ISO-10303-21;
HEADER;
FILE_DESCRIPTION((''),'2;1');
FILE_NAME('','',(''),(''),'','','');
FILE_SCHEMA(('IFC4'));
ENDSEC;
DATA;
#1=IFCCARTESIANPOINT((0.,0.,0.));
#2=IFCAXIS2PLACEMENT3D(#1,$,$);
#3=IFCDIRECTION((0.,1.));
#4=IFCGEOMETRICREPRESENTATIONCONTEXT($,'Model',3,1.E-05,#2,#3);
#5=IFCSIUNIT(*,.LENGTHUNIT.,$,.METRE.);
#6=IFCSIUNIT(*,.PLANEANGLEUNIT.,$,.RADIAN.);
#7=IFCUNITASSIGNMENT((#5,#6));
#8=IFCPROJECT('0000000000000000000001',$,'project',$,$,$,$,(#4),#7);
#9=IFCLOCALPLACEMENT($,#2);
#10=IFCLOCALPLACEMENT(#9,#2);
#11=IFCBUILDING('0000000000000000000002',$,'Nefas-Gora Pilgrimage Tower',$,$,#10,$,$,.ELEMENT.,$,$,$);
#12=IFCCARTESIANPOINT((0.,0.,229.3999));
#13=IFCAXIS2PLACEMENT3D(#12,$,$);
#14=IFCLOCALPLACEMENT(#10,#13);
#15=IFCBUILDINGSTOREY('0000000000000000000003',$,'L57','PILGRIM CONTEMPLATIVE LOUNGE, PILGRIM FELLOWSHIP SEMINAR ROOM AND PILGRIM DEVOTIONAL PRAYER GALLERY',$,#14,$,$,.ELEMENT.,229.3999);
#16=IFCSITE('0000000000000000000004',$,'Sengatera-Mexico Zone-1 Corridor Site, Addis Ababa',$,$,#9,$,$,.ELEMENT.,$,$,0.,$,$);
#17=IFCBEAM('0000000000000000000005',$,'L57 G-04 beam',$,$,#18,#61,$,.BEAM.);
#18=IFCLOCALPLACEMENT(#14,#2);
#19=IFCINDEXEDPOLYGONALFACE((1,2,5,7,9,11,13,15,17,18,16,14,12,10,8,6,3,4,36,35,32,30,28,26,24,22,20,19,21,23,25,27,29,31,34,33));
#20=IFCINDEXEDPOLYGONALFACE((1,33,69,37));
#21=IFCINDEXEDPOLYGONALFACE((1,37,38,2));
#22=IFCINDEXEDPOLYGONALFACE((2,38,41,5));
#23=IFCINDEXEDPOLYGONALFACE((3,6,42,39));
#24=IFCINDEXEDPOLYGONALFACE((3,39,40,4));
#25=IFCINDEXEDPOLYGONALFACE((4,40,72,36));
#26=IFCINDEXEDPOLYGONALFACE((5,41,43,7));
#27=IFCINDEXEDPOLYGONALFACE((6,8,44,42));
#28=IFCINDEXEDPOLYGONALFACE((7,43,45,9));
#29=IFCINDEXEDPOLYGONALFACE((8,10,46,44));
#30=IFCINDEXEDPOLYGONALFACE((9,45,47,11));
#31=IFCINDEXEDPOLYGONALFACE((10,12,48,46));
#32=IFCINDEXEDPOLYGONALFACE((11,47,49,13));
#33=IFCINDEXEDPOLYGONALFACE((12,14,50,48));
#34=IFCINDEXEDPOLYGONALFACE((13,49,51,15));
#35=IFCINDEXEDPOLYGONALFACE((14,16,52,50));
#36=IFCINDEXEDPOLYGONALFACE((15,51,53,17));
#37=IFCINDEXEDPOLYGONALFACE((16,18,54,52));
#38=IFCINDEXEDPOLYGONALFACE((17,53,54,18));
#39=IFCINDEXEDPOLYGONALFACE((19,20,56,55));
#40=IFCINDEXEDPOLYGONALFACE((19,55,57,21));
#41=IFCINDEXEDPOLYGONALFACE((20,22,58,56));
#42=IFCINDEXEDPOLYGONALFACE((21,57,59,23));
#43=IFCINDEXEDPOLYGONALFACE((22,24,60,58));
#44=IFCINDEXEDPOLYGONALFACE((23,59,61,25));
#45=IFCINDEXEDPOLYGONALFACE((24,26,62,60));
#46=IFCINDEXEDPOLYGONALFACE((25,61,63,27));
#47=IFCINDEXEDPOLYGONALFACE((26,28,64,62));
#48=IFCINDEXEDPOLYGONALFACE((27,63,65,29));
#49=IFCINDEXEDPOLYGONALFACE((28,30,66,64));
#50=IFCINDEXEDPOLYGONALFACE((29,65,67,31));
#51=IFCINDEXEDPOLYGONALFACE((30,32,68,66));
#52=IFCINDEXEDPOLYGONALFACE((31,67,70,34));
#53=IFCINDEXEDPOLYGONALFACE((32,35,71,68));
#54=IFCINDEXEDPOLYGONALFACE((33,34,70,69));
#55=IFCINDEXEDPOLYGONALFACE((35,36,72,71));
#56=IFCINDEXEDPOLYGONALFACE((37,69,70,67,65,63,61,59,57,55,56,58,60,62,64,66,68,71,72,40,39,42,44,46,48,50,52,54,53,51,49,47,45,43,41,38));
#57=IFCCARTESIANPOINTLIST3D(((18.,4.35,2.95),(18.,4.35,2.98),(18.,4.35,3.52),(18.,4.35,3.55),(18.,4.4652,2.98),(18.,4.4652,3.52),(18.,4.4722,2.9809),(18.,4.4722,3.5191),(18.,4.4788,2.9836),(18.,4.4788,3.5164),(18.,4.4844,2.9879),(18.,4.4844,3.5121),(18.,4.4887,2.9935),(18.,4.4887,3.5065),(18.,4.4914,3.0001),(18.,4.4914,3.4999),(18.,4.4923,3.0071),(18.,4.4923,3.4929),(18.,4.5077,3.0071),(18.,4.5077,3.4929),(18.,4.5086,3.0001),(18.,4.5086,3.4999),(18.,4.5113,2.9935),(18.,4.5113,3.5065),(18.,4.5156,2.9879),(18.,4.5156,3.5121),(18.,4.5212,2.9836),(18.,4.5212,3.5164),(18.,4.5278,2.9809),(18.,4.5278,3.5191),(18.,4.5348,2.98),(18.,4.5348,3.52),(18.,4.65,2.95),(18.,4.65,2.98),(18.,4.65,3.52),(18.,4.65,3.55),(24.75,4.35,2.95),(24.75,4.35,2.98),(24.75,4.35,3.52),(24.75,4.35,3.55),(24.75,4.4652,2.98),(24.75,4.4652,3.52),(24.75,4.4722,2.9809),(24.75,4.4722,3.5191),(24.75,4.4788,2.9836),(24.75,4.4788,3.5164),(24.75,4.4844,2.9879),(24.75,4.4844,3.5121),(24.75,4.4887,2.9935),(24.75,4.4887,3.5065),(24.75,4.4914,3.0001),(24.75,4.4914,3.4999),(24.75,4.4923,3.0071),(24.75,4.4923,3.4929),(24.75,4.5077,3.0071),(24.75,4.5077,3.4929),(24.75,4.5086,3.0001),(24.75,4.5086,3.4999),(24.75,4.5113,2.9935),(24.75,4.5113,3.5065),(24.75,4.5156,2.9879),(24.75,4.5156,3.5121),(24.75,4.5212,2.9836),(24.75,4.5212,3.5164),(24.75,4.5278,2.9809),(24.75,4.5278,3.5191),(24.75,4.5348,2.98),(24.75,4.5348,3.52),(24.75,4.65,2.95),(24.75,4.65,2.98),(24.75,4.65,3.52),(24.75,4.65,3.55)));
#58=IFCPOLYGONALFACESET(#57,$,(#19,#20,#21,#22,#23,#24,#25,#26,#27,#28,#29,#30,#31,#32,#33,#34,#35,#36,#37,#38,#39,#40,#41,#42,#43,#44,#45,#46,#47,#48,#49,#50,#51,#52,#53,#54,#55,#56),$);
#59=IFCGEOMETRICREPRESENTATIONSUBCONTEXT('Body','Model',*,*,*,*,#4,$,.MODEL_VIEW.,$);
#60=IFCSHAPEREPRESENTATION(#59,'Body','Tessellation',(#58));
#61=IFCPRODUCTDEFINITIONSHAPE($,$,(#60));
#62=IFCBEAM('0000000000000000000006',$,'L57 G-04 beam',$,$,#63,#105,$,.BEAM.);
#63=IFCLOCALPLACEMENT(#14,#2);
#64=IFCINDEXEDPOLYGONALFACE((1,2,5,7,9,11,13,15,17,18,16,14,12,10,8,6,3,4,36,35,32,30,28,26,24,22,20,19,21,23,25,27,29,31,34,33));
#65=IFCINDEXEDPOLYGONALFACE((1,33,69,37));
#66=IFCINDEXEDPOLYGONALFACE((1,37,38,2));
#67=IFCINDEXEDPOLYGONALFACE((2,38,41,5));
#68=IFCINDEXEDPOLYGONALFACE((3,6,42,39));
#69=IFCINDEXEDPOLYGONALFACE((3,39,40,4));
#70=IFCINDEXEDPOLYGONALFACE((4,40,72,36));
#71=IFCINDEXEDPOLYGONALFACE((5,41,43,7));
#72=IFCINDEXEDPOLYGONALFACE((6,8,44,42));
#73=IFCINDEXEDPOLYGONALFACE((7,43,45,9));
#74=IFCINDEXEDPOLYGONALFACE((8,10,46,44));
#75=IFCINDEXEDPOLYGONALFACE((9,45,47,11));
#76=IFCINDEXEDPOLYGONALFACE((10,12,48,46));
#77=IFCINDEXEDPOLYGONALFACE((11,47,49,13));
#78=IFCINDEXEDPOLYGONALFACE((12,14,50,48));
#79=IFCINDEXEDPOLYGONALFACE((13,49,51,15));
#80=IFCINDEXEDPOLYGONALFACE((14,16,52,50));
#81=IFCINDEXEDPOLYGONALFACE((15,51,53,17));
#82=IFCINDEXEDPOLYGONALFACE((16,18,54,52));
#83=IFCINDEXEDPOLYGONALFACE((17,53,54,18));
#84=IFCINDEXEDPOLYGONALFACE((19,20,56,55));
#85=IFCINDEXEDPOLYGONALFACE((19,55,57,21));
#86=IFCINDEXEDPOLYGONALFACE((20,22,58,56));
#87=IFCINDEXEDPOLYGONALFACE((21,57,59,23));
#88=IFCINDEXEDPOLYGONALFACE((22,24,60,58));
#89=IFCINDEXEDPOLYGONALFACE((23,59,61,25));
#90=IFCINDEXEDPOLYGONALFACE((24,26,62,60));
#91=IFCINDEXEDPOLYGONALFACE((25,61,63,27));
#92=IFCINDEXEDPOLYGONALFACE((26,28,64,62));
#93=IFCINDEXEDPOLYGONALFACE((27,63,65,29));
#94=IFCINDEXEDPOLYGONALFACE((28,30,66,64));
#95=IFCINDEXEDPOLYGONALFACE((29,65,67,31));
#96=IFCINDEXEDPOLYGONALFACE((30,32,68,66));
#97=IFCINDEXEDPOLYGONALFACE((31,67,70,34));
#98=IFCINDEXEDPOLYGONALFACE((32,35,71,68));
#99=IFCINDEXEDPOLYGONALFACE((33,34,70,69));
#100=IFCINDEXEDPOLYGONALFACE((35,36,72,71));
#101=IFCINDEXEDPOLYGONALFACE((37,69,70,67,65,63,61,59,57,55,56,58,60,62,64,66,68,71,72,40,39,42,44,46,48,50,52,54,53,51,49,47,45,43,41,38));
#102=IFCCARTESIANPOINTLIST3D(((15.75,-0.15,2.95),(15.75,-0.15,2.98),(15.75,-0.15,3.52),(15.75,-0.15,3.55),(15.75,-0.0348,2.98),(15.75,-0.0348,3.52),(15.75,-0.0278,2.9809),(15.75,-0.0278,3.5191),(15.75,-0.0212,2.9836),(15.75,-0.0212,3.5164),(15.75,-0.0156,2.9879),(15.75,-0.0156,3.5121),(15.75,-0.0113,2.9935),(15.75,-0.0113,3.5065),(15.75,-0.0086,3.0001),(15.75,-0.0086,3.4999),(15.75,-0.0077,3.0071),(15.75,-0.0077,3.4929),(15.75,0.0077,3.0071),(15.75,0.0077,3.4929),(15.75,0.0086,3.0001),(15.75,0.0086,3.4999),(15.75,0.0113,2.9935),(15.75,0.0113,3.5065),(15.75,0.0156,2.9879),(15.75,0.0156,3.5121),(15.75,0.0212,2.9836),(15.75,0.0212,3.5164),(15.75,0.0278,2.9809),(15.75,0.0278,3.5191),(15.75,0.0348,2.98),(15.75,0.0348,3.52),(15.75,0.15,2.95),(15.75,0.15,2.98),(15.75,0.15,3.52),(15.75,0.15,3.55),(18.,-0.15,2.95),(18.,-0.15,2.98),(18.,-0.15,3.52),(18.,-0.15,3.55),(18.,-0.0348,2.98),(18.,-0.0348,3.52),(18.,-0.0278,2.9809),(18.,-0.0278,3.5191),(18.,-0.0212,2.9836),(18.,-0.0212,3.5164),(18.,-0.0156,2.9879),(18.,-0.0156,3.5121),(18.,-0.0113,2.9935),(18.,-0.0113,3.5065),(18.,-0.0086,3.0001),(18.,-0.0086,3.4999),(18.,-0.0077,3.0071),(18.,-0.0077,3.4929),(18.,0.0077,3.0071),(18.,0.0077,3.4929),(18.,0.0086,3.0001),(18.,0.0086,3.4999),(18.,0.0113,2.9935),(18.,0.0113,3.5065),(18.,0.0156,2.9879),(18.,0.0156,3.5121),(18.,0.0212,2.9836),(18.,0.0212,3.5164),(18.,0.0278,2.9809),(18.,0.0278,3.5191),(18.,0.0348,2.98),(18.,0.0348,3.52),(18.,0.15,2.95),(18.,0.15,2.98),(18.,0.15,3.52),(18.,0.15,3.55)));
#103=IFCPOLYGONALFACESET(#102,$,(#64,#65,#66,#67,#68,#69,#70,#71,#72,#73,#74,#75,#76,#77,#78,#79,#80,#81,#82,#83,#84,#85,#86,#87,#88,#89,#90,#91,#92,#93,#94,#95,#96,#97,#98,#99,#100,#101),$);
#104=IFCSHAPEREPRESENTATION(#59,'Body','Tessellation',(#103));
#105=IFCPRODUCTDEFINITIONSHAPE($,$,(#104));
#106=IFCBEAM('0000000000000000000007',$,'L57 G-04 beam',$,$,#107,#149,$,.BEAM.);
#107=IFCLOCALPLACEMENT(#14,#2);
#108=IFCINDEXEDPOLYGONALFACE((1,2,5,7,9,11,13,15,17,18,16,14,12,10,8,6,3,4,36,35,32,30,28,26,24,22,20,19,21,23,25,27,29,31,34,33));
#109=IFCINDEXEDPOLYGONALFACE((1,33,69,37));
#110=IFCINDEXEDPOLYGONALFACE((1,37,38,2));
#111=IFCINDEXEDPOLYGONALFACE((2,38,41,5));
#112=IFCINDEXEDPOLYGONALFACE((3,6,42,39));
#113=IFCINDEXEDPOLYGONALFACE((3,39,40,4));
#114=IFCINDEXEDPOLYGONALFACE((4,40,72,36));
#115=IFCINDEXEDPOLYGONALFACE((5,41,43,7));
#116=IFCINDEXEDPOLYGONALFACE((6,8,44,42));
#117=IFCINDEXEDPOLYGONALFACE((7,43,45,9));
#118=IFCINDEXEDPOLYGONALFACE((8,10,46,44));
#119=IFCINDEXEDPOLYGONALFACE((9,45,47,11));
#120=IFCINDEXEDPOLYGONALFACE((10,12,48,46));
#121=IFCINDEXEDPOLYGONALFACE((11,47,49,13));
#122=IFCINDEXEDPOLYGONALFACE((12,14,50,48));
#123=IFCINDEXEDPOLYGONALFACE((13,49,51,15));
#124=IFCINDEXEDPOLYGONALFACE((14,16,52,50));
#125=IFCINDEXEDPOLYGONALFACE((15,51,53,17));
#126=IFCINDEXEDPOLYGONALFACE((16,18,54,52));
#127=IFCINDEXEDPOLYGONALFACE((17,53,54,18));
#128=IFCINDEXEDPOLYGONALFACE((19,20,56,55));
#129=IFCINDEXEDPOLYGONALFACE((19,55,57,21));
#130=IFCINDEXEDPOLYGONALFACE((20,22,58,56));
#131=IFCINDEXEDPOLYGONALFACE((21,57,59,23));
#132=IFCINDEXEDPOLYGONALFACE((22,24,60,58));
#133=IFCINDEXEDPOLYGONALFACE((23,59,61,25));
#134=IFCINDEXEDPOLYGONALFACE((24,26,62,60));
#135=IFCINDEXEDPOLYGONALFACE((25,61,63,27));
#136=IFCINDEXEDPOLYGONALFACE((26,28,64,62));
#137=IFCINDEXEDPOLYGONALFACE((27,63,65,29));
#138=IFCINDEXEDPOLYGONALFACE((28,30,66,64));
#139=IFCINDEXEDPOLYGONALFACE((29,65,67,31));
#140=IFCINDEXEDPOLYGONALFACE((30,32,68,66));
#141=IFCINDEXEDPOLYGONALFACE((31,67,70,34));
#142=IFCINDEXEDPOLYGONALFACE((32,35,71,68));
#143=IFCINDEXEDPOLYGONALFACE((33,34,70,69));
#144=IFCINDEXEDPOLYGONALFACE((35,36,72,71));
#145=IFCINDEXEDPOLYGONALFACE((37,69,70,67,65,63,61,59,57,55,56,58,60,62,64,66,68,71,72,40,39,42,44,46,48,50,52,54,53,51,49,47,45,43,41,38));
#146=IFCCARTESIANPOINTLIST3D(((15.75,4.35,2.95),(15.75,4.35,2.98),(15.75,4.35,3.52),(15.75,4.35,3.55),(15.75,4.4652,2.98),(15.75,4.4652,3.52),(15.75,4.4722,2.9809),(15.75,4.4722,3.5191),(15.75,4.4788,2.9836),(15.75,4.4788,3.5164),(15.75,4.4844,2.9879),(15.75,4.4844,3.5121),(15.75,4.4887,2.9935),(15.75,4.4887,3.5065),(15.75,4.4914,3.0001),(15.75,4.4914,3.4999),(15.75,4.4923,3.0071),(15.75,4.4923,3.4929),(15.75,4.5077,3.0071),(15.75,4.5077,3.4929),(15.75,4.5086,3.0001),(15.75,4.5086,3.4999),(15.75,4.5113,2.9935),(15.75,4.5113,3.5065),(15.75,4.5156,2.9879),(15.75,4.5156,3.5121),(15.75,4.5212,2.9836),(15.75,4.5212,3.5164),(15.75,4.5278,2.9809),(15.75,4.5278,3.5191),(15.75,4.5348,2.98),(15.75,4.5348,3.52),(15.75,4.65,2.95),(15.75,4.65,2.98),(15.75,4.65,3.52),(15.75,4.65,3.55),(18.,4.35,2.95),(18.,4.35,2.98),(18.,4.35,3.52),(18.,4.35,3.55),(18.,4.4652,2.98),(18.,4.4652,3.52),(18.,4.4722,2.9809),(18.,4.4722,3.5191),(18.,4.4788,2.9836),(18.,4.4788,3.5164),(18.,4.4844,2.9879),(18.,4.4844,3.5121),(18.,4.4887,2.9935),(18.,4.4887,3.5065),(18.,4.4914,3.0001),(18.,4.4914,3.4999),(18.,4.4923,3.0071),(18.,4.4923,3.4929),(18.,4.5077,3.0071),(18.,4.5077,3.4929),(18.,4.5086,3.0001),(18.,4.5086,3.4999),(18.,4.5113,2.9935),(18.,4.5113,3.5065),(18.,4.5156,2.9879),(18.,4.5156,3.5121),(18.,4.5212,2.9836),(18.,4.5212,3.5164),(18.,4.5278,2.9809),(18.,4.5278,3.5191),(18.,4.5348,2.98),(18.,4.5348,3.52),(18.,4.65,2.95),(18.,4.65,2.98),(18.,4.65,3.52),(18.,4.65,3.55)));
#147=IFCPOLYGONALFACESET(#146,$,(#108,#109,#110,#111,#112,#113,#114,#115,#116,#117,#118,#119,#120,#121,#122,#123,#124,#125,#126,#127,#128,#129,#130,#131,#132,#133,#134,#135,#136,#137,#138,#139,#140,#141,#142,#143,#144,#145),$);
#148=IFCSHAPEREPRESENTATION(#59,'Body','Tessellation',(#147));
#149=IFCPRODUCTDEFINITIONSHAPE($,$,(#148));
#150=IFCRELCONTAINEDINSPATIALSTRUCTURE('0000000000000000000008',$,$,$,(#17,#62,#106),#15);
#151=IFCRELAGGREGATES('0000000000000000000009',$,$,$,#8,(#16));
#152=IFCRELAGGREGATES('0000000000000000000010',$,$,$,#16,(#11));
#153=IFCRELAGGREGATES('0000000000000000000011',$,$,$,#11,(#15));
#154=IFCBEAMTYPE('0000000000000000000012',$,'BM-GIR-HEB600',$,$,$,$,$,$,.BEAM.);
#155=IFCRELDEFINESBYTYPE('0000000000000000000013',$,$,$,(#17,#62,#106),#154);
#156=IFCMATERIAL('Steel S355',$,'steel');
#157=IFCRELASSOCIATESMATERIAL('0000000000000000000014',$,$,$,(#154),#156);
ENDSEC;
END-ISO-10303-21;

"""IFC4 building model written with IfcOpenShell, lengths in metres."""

from ifc_helpers import new_model, si_unit, direction, frame, origin, origin_2d, place, context, subcontext, project, spatial, i_section, extrude, source, transform, mapped, material, material_profile, profile_set, type_object, element, save


model = new_model("IFC4")

# Units and contexts
model_context = context("Model", 3, precision=1e-05, world=origin(), true_north=direction((0.0, 1.0)))
body_context = subcontext(model_context, "Body", "Model", "MODEL_VIEW")
ifc_project = project(units=[si_unit("LENGTHUNIT", "METRE"), si_unit("PLANEANGLEUNIT", "RADIAN")], contexts=[model_context])

# Site, building, storey
site_placement = place(None, origin())
site = spatial("IfcSite", under=ifc_project, at=site_placement, Name="Sengatera-Mexico Zone-1 Corridor Site, Addis Ababa", CompositionType="ELEMENT", RefElevation=0.0)
building_placement = place(site_placement, origin())
building = spatial("IfcBuilding", under=site, at=building_placement, Name="Nefas-Gora Pilgrimage Tower", CompositionType="ELEMENT")
storey_placement = place(building_placement, frame((0.0, 0.0, 229.3999)))
storey = spatial("IfcBuildingStorey", under=building, at=storey_placement, Name="L57", Description="PILGRIM CONTEMPLATIVE LOUNGE, PILGRIM FELLOWSHIP SEMINAR ROOM AND PILGRIM DEVOTIONAL PRAYER GALLERY", CompositionType="ELEMENT", Elevation=229.3999)

# Beams
ifc_material_1 = material(Name="Steel S355", Category="steel")
ifc_material_profile_1 = material_profile(ifc_material_1, i_section(OverallWidth=0.3, OverallDepth=0.6001, WebThickness=0.0154, FlangeThickness=0.03, FilletRadius=0.0271, at=origin_2d()), Name="HEB 600")
ifc_profile_set_1 = profile_set([ifc_material_profile_1], Name="Steel S355")
beam_type_1 = type_object("IfcBeamType", Name="BM-GIR-HEB600", PredefinedType="BEAM", material=ifc_profile_set_1)
shared_shape_1 = source(origin(), body_context, "Body", "SweptSolid", [
    extrude(i_section(OverallWidth=0.3, OverallDepth=0.6001, WebThickness=0.0154, FlangeThickness=0.03, FilletRadius=0.0271, at=origin_2d()), origin(), (0.0, 0.0, 1.0), 6.75),
])
for number, where, z_axis, x_axis, name in (
    (1, (18.0, 4.5, 3.25), (1.0, 0.0, 0.0), (0.0, 1.0, 0.0), "L57 G-04 beam"),
):
    element("IfcBeam", number, at=place(storey_placement, frame(where, z_axis=z_axis, x_axis=x_axis)), inside=storey, type_object=beam_type_1, Name=name, PredefinedType="BEAM", context=body_context, shape_type="MappedRepresentation", body=[
        mapped(shared_shape_1, transform((0.0, 0.0, 0.0), x_axis=(1.0, 0.0, 0.0), y_axis=(0.0, 1.0, 0.0), z_axis=(0.0, 0.0, 1.0), scale=1.0)),
    ])
shared_shape_2 = source(origin(), body_context, "Body", "SweptSolid", [
    extrude(i_section(OverallWidth=0.3, OverallDepth=0.6001, WebThickness=0.0154, FlangeThickness=0.03, FilletRadius=0.0271, at=origin_2d()), origin(), (0.0, 0.0, 1.0), 2.25),
])
for number, where, z_axis, x_axis, name in (
    (2, (15.75, 0.0, 3.25), (1.0, 0.0, 0.0), (0.0, 1.0, 0.0), "L57 G-04 beam"),
    (3, (15.75, 4.5, 3.25), (1.0, 0.0, 0.0), (0.0, 1.0, 0.0), "L57 G-04 beam"),
):
    element("IfcBeam", number, at=place(storey_placement, frame(where, z_axis=z_axis, x_axis=x_axis)), inside=storey, type_object=beam_type_1, Name=name, PredefinedType="BEAM", context=body_context, shape_type="MappedRepresentation", body=[
        mapped(shared_shape_2, transform((0.0, 0.0, 0.0), x_axis=(1.0, 0.0, 0.0), y_axis=(0.0, 1.0, 0.0), z_axis=(0.0, 0.0, 1.0), scale=1.0)),
    ])

save(model, "model.ifc")
